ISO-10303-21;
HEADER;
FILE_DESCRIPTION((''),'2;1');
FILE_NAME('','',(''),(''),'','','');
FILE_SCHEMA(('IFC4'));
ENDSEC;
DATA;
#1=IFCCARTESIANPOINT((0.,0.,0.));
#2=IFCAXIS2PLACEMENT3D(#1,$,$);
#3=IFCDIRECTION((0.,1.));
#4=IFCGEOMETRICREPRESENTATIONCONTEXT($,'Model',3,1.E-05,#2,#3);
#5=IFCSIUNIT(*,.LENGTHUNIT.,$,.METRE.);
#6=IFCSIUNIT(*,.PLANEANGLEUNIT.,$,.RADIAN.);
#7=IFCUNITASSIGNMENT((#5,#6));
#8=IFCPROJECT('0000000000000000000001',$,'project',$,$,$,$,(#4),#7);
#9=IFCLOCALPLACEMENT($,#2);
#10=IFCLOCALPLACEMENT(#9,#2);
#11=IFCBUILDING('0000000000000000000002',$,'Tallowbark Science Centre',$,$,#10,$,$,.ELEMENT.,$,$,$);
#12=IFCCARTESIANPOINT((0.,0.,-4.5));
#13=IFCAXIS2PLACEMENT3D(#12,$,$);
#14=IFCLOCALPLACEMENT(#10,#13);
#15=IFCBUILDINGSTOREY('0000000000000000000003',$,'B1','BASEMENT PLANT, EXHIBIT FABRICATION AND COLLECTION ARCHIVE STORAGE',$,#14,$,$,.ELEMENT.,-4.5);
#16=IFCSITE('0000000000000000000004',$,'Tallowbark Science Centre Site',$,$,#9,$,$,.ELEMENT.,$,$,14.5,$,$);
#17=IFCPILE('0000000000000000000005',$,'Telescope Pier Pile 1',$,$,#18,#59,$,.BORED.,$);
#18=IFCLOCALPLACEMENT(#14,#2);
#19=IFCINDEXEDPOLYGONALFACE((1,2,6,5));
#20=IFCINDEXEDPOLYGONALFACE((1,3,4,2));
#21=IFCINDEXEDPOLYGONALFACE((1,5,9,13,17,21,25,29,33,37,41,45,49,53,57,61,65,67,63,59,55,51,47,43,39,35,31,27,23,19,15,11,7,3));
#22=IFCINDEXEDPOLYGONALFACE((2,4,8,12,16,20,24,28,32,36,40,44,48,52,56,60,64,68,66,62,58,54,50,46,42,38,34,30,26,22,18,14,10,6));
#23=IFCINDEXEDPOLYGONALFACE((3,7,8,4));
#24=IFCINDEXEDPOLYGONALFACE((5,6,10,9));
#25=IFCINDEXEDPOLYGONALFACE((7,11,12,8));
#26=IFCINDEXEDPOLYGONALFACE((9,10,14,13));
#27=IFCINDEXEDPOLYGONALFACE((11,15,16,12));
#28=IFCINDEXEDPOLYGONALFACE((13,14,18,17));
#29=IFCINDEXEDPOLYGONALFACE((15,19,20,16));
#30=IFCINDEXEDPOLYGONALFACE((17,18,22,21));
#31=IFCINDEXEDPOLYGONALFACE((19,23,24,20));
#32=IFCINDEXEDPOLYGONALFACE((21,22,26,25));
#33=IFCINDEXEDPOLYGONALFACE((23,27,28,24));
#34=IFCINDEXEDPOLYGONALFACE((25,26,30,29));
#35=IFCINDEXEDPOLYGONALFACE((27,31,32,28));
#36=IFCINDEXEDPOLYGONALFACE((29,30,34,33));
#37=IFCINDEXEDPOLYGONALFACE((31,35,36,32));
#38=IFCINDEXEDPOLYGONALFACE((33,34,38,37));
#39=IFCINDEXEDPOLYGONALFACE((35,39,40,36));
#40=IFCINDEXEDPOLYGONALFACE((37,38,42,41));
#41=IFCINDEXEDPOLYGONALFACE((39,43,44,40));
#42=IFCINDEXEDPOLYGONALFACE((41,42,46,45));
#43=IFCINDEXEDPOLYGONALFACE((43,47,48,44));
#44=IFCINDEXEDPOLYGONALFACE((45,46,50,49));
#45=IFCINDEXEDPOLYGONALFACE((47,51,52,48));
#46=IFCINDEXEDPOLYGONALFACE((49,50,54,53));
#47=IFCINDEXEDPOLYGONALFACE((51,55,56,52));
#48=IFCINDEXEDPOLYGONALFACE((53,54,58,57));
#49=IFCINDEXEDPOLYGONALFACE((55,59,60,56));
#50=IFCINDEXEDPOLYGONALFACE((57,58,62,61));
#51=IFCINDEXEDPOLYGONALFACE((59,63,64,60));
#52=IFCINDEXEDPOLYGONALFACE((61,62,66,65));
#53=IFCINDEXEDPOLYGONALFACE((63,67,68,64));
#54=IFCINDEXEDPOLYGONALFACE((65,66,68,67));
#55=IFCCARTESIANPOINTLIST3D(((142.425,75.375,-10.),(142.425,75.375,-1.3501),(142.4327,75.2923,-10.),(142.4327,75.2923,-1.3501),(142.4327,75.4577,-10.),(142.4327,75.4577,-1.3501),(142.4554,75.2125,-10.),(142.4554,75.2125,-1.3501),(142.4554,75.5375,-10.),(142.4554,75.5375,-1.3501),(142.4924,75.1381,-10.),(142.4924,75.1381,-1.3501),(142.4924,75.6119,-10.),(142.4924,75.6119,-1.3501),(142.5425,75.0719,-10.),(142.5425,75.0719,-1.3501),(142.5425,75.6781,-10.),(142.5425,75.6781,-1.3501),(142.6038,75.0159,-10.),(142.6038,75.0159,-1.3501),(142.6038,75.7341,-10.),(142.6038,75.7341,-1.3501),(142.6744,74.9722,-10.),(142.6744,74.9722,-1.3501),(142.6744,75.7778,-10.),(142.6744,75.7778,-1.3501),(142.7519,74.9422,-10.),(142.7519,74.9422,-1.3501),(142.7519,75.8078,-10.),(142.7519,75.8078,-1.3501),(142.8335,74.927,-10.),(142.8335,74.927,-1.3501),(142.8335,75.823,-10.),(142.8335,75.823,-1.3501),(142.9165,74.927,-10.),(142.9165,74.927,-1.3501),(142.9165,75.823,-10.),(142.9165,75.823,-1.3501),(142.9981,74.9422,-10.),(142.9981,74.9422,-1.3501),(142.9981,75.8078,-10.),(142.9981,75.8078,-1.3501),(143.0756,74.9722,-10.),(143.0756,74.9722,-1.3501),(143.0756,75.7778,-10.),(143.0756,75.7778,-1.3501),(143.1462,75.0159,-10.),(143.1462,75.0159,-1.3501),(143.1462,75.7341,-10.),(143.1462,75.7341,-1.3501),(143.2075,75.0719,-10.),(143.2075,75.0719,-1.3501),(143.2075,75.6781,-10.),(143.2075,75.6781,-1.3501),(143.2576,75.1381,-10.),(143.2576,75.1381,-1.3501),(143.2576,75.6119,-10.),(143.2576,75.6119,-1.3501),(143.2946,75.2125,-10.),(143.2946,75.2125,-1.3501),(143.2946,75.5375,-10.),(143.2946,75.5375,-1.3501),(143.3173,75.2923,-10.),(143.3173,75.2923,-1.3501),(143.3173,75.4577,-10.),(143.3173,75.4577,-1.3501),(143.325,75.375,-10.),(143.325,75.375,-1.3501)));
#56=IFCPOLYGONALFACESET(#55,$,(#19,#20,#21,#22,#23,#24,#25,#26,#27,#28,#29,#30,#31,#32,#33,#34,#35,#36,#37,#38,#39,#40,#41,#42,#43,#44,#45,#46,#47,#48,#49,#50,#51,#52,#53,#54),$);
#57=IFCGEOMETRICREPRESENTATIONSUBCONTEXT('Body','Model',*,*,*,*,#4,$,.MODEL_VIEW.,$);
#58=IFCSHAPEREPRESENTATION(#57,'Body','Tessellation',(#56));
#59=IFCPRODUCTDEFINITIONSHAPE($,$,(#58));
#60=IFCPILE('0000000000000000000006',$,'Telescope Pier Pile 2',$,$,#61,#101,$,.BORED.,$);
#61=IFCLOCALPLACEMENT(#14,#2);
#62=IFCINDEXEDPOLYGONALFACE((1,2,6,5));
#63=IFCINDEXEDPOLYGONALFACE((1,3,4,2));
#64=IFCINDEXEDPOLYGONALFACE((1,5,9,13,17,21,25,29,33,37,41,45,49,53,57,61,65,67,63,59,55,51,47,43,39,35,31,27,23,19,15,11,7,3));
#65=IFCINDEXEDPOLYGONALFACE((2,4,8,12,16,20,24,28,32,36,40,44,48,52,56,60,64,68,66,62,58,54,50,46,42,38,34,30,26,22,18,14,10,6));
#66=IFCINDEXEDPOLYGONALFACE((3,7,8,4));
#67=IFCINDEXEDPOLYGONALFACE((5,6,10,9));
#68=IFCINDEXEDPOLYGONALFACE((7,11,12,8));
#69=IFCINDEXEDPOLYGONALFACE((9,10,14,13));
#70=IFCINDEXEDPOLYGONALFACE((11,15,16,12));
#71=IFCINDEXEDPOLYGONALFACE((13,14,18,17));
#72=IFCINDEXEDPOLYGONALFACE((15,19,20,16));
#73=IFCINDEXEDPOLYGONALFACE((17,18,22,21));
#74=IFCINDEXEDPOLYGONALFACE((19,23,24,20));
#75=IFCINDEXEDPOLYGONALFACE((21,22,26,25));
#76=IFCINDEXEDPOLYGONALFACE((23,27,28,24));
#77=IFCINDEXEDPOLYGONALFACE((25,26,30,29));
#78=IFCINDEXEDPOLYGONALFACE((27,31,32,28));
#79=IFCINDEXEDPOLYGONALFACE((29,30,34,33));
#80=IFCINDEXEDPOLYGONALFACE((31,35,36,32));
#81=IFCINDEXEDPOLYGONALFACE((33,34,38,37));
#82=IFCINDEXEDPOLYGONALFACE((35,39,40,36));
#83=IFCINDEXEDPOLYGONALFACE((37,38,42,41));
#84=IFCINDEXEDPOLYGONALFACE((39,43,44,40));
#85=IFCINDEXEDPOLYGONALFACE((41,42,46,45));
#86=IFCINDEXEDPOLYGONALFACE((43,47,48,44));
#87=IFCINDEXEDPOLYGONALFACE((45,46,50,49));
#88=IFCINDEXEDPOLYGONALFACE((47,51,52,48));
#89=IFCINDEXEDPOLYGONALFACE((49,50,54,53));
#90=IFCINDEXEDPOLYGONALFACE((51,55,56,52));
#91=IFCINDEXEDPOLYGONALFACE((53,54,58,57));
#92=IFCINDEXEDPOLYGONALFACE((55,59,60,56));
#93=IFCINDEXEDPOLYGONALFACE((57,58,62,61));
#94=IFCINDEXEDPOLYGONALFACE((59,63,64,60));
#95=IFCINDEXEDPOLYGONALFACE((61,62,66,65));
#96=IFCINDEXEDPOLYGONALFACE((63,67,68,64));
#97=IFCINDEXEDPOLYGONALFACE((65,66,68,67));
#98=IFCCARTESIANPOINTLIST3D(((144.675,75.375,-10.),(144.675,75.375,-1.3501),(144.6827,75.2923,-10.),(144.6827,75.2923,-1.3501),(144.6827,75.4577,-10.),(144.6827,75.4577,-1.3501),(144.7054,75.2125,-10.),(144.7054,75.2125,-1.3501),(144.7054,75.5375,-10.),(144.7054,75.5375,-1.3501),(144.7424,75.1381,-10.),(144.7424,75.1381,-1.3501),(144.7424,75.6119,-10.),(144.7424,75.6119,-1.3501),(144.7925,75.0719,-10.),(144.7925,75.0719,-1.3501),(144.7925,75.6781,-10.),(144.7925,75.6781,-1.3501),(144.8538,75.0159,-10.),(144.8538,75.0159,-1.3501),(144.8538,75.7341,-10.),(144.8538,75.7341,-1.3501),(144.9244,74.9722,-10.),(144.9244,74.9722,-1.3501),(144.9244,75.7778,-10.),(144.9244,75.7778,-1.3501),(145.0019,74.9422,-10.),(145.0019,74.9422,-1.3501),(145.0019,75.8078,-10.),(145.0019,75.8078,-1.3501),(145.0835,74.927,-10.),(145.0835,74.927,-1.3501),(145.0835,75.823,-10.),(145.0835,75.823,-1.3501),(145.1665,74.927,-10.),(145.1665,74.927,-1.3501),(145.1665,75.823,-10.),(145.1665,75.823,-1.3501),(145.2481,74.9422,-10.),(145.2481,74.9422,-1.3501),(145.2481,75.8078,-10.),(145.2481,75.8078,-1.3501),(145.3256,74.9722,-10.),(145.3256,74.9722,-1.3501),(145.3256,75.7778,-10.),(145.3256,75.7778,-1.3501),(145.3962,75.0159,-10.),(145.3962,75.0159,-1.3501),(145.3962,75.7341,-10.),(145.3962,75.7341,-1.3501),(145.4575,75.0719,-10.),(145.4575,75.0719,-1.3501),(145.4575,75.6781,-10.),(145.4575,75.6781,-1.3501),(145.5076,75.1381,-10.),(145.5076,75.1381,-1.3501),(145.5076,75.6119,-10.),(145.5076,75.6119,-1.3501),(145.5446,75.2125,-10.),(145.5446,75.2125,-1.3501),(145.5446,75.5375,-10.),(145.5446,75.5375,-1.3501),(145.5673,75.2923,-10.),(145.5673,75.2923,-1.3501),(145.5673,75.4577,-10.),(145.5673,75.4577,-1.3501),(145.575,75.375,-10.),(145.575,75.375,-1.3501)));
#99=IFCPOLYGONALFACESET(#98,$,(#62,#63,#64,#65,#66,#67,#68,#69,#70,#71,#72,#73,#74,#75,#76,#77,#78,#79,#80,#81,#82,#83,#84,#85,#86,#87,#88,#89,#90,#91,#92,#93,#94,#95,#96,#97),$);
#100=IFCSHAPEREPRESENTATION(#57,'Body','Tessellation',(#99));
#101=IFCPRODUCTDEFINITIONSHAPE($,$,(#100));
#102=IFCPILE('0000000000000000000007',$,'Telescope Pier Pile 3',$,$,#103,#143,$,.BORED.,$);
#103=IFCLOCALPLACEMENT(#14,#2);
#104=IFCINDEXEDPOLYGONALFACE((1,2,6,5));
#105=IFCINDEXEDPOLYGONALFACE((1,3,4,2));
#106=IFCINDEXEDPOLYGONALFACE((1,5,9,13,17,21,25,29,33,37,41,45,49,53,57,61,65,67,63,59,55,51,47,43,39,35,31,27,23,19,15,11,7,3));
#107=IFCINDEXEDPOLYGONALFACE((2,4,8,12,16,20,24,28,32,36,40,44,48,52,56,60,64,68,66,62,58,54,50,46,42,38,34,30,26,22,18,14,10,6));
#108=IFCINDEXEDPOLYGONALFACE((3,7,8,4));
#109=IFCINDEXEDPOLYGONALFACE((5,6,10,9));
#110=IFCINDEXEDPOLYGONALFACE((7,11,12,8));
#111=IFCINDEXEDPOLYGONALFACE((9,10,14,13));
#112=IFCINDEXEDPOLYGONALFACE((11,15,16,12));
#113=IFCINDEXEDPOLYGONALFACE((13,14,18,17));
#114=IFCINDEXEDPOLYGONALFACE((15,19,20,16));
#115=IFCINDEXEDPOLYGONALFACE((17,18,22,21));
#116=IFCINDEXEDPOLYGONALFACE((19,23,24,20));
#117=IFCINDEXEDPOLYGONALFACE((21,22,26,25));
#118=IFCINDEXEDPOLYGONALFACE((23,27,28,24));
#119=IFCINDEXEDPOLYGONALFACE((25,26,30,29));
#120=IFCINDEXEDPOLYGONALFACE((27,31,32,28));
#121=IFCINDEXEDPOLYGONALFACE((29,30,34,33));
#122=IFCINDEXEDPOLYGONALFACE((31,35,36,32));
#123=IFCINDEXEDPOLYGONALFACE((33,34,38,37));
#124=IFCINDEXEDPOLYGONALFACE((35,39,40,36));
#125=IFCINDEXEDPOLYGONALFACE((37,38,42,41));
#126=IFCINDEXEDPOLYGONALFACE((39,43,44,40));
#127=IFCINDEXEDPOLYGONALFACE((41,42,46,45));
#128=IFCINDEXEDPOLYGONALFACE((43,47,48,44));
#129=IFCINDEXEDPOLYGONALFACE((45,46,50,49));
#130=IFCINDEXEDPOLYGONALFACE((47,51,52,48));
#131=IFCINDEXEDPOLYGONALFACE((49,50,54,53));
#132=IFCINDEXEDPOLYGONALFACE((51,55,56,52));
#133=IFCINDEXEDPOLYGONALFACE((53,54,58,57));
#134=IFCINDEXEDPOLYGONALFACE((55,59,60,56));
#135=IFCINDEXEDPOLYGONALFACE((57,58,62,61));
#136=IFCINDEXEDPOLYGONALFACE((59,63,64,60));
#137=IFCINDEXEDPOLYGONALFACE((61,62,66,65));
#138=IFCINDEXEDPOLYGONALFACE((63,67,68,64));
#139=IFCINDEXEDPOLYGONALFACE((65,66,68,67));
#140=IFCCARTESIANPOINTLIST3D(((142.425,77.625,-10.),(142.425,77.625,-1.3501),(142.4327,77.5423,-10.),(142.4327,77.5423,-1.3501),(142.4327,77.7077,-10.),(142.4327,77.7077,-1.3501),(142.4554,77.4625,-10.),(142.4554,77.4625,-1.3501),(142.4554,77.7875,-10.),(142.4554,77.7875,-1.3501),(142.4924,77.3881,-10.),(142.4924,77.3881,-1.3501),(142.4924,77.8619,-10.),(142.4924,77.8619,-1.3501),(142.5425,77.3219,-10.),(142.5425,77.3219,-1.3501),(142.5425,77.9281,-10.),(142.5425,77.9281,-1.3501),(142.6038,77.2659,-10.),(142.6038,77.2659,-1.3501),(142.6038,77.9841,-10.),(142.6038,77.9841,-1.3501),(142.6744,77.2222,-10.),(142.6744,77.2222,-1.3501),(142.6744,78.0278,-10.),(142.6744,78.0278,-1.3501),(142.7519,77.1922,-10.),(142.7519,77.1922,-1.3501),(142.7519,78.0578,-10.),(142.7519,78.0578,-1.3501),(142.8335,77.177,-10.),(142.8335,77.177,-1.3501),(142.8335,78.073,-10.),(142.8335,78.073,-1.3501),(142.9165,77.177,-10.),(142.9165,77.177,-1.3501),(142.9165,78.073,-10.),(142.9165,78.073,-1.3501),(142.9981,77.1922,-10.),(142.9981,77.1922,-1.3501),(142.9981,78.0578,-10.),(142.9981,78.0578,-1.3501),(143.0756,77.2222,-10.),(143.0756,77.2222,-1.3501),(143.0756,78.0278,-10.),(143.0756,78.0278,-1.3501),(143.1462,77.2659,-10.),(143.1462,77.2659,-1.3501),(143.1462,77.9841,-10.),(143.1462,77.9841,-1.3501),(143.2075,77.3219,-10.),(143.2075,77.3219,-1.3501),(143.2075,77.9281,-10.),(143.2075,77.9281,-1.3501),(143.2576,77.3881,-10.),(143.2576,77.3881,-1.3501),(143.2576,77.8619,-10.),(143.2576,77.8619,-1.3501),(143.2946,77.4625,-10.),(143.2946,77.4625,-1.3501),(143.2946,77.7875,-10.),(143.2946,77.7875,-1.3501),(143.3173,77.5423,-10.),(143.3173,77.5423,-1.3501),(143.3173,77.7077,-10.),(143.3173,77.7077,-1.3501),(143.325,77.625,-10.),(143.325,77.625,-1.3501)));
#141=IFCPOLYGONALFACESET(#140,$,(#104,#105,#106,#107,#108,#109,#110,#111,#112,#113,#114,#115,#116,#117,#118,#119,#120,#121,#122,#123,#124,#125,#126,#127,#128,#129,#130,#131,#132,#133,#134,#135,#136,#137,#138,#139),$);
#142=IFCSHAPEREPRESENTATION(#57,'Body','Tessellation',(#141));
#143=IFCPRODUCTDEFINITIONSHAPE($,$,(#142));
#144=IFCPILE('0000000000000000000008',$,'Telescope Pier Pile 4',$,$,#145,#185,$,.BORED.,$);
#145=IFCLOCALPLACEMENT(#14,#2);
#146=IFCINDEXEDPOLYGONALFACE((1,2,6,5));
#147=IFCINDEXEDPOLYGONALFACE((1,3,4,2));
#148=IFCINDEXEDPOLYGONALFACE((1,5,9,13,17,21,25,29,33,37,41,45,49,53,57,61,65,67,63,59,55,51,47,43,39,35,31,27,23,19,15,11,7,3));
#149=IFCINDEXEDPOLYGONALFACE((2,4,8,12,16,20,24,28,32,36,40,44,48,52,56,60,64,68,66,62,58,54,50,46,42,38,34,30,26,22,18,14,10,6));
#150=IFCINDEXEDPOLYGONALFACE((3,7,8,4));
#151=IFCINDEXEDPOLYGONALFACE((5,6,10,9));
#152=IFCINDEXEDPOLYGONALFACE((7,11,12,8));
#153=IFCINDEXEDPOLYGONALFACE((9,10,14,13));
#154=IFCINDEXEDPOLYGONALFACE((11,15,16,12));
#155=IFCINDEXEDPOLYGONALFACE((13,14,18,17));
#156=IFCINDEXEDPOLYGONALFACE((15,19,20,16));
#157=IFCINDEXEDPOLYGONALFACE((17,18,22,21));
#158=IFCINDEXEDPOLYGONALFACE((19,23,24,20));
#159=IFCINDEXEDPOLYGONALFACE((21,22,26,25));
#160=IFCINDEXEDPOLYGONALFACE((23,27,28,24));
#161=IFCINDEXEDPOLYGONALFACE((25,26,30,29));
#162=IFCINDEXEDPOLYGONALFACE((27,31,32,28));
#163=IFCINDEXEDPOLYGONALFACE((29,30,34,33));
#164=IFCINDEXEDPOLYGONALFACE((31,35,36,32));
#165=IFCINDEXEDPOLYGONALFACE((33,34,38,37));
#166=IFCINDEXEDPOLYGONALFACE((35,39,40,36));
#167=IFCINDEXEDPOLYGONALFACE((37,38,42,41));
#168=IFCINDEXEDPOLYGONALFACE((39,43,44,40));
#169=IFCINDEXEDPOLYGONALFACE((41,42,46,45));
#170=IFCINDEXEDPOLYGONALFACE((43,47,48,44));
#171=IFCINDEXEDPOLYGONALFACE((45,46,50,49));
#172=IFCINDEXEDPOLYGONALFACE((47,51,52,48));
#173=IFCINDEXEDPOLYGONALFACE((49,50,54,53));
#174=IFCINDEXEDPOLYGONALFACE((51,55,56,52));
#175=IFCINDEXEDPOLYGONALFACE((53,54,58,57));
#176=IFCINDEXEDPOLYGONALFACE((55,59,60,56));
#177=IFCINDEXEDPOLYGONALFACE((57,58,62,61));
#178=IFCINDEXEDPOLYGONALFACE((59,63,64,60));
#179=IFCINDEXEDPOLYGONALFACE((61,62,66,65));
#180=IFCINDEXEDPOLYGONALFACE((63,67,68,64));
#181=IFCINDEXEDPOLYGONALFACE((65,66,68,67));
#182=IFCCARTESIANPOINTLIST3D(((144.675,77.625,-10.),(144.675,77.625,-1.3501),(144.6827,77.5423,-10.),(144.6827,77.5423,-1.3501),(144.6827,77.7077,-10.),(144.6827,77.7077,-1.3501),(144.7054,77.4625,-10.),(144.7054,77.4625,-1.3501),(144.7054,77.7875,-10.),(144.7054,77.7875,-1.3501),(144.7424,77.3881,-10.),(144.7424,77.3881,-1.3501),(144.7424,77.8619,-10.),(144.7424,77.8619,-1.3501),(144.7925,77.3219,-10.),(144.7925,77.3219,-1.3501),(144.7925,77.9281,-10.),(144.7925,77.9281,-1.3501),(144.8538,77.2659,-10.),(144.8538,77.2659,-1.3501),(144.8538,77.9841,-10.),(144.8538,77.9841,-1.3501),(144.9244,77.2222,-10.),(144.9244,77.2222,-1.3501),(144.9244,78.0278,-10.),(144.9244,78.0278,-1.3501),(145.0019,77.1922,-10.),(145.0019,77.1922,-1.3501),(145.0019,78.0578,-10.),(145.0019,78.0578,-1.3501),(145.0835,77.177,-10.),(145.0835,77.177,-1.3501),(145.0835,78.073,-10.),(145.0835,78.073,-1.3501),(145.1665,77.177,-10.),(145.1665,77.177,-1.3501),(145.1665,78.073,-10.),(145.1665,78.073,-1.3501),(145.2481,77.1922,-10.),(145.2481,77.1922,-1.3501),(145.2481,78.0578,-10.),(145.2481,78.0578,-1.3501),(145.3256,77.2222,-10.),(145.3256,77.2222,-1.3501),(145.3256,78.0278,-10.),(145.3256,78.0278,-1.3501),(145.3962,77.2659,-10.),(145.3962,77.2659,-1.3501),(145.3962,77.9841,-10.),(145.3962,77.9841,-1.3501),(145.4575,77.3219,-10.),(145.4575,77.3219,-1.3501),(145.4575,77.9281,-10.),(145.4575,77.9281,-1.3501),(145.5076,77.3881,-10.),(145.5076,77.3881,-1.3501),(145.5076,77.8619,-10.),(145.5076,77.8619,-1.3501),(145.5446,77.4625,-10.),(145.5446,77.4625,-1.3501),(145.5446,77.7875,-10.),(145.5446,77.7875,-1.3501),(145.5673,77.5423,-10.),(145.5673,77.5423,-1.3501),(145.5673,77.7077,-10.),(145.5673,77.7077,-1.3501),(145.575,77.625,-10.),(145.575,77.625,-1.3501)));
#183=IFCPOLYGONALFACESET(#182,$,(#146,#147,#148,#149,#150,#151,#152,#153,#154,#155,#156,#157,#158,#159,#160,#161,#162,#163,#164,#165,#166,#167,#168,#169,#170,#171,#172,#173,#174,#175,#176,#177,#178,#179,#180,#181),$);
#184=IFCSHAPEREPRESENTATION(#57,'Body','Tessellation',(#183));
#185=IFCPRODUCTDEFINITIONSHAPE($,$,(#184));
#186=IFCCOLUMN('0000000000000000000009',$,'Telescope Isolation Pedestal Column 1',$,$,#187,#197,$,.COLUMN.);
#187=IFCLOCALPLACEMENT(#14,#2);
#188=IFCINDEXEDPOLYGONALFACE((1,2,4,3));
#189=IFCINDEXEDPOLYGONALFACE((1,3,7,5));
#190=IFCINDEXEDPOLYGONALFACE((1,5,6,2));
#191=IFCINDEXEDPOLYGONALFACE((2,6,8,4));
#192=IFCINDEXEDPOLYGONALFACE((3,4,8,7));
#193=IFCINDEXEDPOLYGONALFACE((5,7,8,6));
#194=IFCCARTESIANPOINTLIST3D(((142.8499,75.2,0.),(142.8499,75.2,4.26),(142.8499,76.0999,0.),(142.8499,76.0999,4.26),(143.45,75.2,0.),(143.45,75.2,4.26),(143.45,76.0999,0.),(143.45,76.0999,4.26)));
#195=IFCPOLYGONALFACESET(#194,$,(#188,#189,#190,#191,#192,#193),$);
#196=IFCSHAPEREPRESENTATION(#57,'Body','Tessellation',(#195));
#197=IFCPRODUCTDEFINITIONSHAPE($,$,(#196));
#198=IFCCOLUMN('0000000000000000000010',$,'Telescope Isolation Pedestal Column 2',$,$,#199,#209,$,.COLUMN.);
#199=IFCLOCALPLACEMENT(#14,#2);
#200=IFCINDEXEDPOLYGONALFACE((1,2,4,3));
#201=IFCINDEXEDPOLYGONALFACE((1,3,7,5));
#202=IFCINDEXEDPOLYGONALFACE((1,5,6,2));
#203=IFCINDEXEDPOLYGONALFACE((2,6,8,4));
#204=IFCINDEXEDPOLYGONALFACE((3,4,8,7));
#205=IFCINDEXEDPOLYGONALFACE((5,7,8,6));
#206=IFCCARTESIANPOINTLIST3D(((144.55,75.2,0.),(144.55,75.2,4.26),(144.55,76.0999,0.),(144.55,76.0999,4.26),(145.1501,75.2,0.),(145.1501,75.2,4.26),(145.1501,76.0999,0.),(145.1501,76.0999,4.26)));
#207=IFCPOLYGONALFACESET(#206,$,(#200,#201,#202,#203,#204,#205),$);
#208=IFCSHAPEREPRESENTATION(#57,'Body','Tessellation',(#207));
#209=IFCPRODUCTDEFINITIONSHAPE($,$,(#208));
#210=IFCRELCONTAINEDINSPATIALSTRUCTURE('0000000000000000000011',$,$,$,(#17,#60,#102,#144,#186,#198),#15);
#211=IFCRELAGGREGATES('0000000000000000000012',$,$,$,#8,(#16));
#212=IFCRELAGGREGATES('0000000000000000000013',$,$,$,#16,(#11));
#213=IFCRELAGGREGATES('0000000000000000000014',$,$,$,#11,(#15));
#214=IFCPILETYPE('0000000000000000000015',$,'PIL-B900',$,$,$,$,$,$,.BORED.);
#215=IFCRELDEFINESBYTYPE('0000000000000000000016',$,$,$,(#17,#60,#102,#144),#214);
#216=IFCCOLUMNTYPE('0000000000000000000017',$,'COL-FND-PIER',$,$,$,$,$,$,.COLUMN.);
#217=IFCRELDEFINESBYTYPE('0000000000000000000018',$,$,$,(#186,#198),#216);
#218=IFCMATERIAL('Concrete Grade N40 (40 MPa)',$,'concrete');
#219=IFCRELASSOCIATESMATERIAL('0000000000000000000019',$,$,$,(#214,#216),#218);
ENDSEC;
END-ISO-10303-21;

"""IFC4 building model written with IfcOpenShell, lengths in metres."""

from ifc_helpers import new_model, si_unit, direction, frame, origin, origin_2d, place, context, subcontext, project, spatial, rectangle, circle, extrude, material, material_profile, profile_set, type_object, element, save


model = new_model("IFC4")

# Units and contexts
model_context = context("Model", 3, precision=1e-05, world=origin(), true_north=direction((0.0, 1.0)))
body_context = subcontext(model_context, "Body", "Model", "MODEL_VIEW")
ifc_project = project(units=[si_unit("LENGTHUNIT", "METRE"), si_unit("PLANEANGLEUNIT", "RADIAN")], contexts=[model_context])

# Site, building, storey
site_placement = place(None, origin())
site = spatial("IfcSite", under=ifc_project, at=site_placement, Name="Tallowbark Science Centre Site", CompositionType="ELEMENT", RefElevation=14.5)
building_placement = place(site_placement, origin())
building = spatial("IfcBuilding", under=site, at=building_placement, Name="Tallowbark Science Centre", CompositionType="ELEMENT")
storey_placement = place(building_placement, frame((0.0, 0.0, -4.5)))
storey = spatial("IfcBuildingStorey", under=building, at=storey_placement, Name="B1", Description="BASEMENT PLANT, EXHIBIT FABRICATION AND COLLECTION ARCHIVE STORAGE", CompositionType="ELEMENT", Elevation=-4.5)

# Shared definitions
ifc_material_1 = material(Name="Concrete Grade N40 (40 MPa)", Category="concrete")

# Piles
ifc_material_profile_1 = material_profile(ifc_material_1, circle(Radius=0.45, at=origin_2d()), Name="PILE900")
ifc_profile_set_1 = profile_set([ifc_material_profile_1], Name="Concrete Grade N40 (40 MPa)")
pile_type = type_object("IfcPileType", Name="PIL-B900", PredefinedType="BORED", material=ifc_profile_set_1)
for number, where, z_axis, x_axis, name in (
    (1, (142.875, 75.375, -1.3501), (0.0, 0.0, -1.0), (1.0, 0.0, 0.0), "Telescope Pier Pile 1"),
    (2, (145.125, 75.375, -1.3501), (0.0, 0.0, -1.0), (1.0, 0.0, 0.0), "Telescope Pier Pile 2"),
    (3, (142.875, 77.625, -1.3501), (0.0, 0.0, -1.0), (1.0, 0.0, 0.0), "Telescope Pier Pile 3"),
    (4, (145.125, 77.625, -1.3501), (0.0, 0.0, -1.0), (1.0, 0.0, 0.0), "Telescope Pier Pile 4"),
):
    element("IfcPile", number, at=place(storey_placement, frame(where, z_axis=z_axis, x_axis=x_axis)), inside=storey, type_object=pile_type, Name=name, PredefinedType="BORED", context=body_context, shape_type="SweptSolid", body=[
        extrude(circle(Radius=0.45, at=origin_2d()), origin(), (0.0, 0.0, 1.0), 8.6499),
    ])

# Columns
ifc_material_profile_2 = material_profile(ifc_material_1, rectangle(XDim=0.6001, YDim=0.8999, at=origin_2d()), Name="RC600x900")
ifc_profile_set_2 = profile_set([ifc_material_profile_2], Name="Concrete Grade N40 (40 MPa)")
column_type_1 = type_object("IfcColumnType", Name="COL-FND-PIER", PredefinedType="COLUMN", material=ifc_profile_set_2)
for number, where, z_axis, x_axis, name in (
    (5, (143.1499, 75.6499, 0.0), (0.0, 0.0, 1.0), (1.0, 0.0, 0.0), "Telescope Isolation Pedestal Column 1"),
    (6, (144.8501, 75.6499, 0.0), (0.0, 0.0, 1.0), (1.0, 0.0, 0.0), "Telescope Isolation Pedestal Column 2"),
):
    element("IfcColumn", number, at=place(storey_placement, frame(where, z_axis=z_axis, x_axis=x_axis)), inside=storey, type_object=column_type_1, Name=name, PredefinedType="COLUMN", context=body_context, shape_type="SweptSolid", body=[
        extrude(rectangle(XDim=0.6001, YDim=0.8999, at=origin_2d()), origin(), (0.0, 0.0, 1.0), 4.26),
    ])

save(model, "model.ifc")
